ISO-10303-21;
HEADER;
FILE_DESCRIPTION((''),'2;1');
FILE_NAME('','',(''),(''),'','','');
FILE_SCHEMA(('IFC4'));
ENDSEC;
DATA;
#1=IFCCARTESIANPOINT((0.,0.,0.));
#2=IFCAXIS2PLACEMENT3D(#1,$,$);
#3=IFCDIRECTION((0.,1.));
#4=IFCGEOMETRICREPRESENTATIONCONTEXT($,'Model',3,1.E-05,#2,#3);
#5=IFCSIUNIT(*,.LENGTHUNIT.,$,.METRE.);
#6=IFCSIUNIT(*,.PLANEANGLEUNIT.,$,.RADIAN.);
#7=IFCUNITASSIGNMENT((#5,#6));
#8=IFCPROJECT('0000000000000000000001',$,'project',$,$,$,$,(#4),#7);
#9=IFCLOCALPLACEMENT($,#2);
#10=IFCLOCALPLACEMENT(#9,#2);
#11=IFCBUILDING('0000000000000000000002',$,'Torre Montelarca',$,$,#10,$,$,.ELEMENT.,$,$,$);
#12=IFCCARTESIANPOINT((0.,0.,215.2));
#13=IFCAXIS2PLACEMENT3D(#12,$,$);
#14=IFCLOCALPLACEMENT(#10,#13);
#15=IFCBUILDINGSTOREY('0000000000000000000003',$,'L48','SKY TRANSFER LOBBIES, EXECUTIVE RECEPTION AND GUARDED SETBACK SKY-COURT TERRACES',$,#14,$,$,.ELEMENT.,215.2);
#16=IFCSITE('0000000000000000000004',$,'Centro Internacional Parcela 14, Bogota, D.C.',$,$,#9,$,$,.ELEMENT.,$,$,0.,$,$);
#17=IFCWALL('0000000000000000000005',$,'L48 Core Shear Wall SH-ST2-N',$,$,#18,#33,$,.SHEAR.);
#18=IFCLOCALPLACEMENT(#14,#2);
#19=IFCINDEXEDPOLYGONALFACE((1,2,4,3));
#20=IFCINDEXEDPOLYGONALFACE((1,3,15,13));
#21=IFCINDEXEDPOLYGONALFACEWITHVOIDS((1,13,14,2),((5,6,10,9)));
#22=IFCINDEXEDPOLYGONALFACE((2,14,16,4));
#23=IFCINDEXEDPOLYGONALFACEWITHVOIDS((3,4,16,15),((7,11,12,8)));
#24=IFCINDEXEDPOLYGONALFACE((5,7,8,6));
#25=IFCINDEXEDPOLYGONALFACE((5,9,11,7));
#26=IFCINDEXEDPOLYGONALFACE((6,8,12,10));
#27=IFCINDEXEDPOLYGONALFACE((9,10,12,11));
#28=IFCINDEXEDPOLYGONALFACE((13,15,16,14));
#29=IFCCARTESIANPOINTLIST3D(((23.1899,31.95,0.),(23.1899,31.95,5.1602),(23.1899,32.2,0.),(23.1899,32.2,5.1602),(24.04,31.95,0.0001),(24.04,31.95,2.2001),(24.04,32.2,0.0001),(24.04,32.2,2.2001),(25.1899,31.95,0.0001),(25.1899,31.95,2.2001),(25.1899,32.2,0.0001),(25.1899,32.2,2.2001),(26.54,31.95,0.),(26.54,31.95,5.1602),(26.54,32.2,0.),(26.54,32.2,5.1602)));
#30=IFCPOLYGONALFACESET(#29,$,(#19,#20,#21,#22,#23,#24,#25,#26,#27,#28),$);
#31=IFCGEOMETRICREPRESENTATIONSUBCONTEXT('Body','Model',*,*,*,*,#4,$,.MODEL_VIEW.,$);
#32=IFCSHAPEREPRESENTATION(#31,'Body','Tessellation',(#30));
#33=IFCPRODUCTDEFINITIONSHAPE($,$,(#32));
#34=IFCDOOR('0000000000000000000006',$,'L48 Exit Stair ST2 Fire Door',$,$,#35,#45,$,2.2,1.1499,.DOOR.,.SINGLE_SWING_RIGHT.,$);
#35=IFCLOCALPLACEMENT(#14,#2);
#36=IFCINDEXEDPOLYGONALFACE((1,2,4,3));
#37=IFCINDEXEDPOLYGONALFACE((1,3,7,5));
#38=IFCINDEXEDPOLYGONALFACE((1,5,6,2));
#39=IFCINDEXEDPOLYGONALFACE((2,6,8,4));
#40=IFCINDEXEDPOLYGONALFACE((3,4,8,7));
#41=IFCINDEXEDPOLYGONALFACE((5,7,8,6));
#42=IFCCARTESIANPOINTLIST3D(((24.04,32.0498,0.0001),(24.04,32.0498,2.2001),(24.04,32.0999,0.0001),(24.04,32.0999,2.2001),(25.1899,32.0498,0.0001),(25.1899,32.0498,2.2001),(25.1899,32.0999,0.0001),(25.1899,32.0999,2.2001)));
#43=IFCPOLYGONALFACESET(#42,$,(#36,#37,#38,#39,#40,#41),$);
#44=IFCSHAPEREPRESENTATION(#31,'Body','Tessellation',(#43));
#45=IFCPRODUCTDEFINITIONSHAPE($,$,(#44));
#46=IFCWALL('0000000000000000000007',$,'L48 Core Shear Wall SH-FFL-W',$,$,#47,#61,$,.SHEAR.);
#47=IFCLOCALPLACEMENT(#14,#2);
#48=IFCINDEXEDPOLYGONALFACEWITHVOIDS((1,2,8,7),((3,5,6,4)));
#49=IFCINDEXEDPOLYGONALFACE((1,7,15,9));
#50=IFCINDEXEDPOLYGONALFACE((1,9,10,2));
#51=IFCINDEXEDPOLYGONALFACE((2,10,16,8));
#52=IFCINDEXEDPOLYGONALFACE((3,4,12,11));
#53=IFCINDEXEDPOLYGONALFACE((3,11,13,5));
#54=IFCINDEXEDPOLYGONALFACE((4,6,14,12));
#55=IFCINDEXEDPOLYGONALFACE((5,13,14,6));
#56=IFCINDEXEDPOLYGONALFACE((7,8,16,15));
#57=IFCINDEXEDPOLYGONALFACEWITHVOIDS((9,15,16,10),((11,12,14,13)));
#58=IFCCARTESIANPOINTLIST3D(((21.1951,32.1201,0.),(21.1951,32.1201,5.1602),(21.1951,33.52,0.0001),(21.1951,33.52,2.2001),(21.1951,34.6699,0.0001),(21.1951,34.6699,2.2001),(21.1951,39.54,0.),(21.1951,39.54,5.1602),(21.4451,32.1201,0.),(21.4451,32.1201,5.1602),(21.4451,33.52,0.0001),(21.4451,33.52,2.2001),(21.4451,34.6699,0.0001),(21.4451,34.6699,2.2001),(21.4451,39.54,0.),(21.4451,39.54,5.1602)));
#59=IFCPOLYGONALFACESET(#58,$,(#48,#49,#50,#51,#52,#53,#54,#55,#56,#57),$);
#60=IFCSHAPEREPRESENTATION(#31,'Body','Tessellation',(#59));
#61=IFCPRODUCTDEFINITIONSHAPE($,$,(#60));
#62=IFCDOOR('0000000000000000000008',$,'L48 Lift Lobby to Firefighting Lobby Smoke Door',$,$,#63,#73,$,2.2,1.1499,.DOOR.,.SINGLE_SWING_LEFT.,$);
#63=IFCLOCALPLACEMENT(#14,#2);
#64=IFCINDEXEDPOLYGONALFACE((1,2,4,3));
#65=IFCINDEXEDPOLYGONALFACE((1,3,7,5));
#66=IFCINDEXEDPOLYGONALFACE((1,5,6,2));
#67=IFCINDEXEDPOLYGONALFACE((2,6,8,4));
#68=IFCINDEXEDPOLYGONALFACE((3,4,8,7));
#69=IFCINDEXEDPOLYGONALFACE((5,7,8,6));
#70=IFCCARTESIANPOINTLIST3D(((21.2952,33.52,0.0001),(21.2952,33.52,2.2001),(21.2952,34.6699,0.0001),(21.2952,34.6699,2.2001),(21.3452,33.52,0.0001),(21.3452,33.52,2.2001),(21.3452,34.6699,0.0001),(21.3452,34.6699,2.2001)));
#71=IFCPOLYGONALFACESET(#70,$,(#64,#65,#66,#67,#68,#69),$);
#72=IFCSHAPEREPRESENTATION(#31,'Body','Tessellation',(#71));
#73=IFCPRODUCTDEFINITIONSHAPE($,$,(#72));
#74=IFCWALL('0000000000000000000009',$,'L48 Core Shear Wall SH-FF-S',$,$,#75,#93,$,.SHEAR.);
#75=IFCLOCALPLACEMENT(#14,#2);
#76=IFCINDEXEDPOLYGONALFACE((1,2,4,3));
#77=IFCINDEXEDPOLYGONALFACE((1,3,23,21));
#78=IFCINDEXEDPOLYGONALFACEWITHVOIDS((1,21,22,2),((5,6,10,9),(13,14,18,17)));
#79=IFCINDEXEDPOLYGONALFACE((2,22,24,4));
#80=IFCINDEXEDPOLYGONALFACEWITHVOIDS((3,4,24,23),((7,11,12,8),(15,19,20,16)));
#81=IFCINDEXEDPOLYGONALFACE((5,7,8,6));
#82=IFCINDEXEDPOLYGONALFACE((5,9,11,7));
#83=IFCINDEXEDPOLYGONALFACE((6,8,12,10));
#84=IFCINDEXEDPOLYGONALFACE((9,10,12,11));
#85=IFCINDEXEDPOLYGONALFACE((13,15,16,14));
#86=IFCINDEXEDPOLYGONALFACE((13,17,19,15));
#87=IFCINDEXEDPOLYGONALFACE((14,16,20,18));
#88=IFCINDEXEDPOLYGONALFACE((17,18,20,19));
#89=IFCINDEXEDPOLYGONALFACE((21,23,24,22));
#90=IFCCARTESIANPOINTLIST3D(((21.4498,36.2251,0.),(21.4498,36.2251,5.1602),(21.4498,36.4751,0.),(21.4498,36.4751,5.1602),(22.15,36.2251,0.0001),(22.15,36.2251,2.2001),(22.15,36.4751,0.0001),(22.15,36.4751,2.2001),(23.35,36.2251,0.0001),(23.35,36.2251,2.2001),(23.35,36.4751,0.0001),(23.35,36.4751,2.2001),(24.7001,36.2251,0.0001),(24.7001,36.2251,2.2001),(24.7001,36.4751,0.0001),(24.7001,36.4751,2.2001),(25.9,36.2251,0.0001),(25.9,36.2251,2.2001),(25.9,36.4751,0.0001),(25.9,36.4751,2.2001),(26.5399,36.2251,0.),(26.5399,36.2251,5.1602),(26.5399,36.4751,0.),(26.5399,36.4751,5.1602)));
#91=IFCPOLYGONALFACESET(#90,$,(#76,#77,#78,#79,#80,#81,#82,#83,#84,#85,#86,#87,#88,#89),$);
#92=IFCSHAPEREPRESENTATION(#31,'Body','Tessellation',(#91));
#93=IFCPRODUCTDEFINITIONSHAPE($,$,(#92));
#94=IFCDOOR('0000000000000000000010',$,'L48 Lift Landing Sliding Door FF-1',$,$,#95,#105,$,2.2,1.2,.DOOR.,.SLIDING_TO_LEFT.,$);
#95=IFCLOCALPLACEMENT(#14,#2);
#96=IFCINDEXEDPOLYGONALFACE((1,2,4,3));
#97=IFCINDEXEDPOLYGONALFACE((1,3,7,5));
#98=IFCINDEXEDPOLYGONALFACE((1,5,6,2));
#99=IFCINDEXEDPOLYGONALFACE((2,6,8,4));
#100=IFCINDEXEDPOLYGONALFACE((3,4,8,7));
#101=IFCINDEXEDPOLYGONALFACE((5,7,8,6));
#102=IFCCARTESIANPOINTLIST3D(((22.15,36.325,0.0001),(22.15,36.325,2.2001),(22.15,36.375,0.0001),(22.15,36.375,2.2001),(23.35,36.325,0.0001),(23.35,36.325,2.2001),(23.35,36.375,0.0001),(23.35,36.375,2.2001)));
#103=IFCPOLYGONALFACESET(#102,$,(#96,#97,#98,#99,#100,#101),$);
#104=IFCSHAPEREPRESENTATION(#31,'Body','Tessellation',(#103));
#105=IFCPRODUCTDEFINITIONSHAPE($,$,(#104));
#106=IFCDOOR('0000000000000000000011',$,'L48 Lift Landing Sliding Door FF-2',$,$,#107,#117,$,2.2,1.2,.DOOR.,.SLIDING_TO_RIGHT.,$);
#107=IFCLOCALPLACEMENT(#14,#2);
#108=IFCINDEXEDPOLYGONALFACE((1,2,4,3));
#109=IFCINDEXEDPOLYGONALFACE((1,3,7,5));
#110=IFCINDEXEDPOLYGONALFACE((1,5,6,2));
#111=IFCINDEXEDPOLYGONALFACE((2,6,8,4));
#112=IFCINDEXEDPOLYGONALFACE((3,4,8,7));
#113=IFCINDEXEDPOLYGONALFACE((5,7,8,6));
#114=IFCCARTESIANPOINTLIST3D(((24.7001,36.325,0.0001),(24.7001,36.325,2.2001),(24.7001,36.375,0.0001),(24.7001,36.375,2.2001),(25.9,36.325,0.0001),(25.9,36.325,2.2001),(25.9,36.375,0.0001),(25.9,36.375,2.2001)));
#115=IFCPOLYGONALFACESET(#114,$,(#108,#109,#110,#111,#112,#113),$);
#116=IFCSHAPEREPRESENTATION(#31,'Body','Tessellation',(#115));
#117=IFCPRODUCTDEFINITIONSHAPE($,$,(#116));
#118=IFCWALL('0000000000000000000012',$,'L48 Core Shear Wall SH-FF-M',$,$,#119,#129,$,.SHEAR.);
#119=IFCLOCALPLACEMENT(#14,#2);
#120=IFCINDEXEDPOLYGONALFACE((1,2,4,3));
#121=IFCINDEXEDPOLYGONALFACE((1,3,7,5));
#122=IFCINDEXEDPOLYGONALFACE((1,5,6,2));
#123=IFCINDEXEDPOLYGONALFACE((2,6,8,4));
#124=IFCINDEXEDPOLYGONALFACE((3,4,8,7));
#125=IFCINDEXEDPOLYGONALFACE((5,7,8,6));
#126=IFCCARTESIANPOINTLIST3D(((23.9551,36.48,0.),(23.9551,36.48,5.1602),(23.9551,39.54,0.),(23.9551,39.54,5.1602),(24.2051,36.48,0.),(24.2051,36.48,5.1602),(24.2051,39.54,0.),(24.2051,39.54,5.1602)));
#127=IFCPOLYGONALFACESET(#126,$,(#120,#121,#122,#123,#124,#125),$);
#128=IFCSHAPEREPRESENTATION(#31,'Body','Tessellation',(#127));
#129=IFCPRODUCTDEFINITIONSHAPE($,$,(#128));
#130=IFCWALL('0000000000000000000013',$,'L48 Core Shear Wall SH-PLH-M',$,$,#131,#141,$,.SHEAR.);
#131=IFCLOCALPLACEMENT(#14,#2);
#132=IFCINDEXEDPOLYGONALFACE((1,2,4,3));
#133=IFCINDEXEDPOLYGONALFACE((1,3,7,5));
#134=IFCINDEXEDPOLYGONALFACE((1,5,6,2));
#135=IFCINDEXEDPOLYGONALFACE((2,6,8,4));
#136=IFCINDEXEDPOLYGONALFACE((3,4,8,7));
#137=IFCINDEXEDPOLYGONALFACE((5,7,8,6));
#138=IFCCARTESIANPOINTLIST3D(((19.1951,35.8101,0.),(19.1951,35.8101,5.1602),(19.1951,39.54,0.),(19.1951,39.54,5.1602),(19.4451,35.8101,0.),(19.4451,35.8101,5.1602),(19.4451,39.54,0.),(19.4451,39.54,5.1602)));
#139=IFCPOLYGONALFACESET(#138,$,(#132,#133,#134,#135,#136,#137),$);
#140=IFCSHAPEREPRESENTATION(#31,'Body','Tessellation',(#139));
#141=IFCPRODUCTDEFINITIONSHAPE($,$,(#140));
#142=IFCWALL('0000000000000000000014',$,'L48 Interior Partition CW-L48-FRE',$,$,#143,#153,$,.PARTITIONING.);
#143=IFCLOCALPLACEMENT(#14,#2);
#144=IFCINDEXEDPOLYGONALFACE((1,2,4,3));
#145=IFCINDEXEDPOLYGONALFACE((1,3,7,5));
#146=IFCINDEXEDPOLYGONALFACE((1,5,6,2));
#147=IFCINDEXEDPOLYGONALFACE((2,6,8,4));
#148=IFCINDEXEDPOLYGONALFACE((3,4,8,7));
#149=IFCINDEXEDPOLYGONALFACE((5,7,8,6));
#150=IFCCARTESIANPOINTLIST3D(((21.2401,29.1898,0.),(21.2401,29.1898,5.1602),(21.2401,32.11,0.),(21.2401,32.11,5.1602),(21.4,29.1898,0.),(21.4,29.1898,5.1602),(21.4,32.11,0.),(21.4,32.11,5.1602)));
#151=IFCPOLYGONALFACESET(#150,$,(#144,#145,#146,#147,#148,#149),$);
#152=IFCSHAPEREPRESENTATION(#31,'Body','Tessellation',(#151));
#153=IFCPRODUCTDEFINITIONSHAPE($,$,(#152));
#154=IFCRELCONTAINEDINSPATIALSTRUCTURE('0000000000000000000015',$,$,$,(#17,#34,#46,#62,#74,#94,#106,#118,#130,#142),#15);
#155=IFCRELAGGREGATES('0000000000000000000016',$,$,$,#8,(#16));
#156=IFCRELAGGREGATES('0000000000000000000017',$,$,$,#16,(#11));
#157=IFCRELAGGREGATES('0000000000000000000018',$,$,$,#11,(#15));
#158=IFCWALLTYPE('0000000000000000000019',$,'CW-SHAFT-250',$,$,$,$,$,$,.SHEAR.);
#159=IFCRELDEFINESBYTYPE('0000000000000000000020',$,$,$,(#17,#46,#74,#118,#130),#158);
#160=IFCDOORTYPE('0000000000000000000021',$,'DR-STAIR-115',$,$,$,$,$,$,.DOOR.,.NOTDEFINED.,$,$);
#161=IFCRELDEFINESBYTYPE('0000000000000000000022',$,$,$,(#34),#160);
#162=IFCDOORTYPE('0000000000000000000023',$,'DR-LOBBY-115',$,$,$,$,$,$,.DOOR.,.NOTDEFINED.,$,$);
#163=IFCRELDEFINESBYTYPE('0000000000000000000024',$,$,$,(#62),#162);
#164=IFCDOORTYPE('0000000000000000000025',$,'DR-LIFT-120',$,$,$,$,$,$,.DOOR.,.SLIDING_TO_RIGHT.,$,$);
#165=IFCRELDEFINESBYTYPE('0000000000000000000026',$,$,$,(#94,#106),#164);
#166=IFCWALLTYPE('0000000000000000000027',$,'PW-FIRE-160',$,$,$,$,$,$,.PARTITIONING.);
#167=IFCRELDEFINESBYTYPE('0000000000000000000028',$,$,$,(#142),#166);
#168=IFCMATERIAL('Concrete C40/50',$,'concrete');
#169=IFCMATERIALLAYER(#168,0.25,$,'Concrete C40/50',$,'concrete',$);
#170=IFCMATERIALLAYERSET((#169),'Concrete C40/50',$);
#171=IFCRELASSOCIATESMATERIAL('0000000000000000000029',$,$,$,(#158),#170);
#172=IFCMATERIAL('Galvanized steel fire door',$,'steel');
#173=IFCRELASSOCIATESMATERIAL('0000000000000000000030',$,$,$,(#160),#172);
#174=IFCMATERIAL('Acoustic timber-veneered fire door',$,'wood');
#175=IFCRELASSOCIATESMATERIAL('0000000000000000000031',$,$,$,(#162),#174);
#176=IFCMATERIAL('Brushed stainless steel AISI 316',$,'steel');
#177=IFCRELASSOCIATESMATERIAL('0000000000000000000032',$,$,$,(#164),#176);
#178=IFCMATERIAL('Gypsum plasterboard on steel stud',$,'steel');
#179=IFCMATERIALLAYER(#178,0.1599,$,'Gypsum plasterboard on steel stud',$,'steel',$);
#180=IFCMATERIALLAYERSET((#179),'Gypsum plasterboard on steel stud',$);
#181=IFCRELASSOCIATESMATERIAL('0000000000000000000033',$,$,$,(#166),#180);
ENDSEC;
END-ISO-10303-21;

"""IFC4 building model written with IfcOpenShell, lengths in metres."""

from ifc_helpers import new_model, si_unit, direction, frame, frame_2d, origin, place, context, subcontext, project, spatial, rectangle, extrude, source, transform, mapped, material, layer, layer_set, type_object, element, fill, save


model = new_model("IFC4")

# Units and contexts
model_context = context("Model", 3, precision=1e-05, world=origin(), true_north=direction((0.0, 1.0)))
body_context = subcontext(model_context, "Body", "Model", "MODEL_VIEW")
ifc_project = project(units=[si_unit("LENGTHUNIT", "METRE"), si_unit("PLANEANGLEUNIT", "RADIAN")], contexts=[model_context])

# Site, building, storey
site_placement = place(None, origin())
site = spatial("IfcSite", under=ifc_project, at=site_placement, Name="Centro Internacional Parcela 14, Bogota, D.C.", CompositionType="ELEMENT", RefElevation=0.0)
building_placement = place(site_placement, origin())
building = spatial("IfcBuilding", under=site, at=building_placement, Name="Torre Montelarca", CompositionType="ELEMENT")
storey_placement = place(building_placement, frame((0.0, 0.0, 215.2)))
storey = spatial("IfcBuildingStorey", under=building, at=storey_placement, Name="L48", Description="SKY TRANSFER LOBBIES, EXECUTIVE RECEPTION AND GUARDED SETBACK SKY-COURT TERRACES", CompositionType="ELEMENT", Elevation=215.2)

# Walls, openings, doors
ifc_material_1 = material(Name="Concrete C40/50", Category="concrete")
ifc_layer_1 = layer(ifc_material_1, 0.25, Name="Concrete C40/50", Category="concrete")
ifc_layer_set_1 = layer_set([ifc_layer_1], Name="Concrete C40/50")
wall_type_1 = type_object("IfcWallType", Name="CW-SHAFT-250", PredefinedType="SHEAR", material=ifc_layer_set_1)
wall_1_placement = place(storey_placement, frame((23.1899, 32.075, 0.0), z_axis=(0.0, 0.0, 1.0), x_axis=(1.0, 0.0, 0.0)))
wall_1 = element("IfcWall", 1, at=wall_1_placement, inside=storey, type_object=wall_type_1, Name="L48 Core Shear Wall SH-ST2-N", PredefinedType="SHEAR", context=body_context, shape_type="SweptSolid", body=[
    extrude(rectangle(XDim=3.3501, YDim=0.25, at=frame_2d((1.675, 0.0))), origin(), (0.0, 0.0, 1.0), 5.1602),
])
opening_1_placement = place(wall_1_placement, frame((0.8501, 0.0, 0.0)))
opening_1 = element("IfcOpeningElement", 2, at=opening_1_placement, cuts=wall_1, PredefinedType="OPENING", context=body_context, shape_type="SweptSolid", body=[
    extrude(rectangle(XDim=1.1499, YDim=2.2, at=frame_2d((0.575, 1.1001))), frame((0.0, 0.135, 0.0), z_axis=(0.0, -1.0, 0.0), x_axis=(1.0, 0.0, 0.0)), (0.0, 0.0, 1.0), 0.27),
])
ifc_material_2 = material(Name="Galvanized steel fire door", Category="steel")
door_type_1 = type_object("IfcDoorType", Name="DR-STAIR-115", OperationType="NOTDEFINED", PredefinedType="DOOR", material=ifc_material_2)
shared_shape_1 = source(origin(), body_context, "Body", "SweptSolid", [
    extrude(rectangle(XDim=1.1499, YDim=2.2, at=frame_2d((0.575, 1.1001))), frame((0.0, 0.0249, 0.0), z_axis=(0.0, -1.0, 0.0), x_axis=(1.0, 0.0, 0.0)), (0.0, 0.0, 1.0), 0.05),
])
door_1_placement = place(opening_1_placement, origin())
door_1 = element("IfcDoor", 3, at=door_1_placement, inside=storey, type_object=door_type_1, Name="L48 Exit Stair ST2 Fire Door", OperationType="SINGLE_SWING_RIGHT", OverallHeight=2.2, OverallWidth=1.1499, PredefinedType="DOOR", context=body_context, shape_type="MappedRepresentation", body=[
    mapped(shared_shape_1, transform((0.0, 0.0, 0.0), scale=1.0)),
])
fill(opening_1, door_1)
wall_2_placement = place(storey_placement, frame((21.3201, 32.1201, 0.0), z_axis=(0.0, 0.0, 1.0), x_axis=(0.0, 1.0, 0.0)))
wall_2 = element("IfcWall", 4, at=wall_2_placement, inside=storey, type_object=wall_type_1, Name="L48 Core Shear Wall SH-FFL-W", PredefinedType="SHEAR", context=body_context, shape_type="SweptSolid", body=[
    extrude(rectangle(XDim=7.4199, YDim=0.25, at=frame_2d((3.71, 0.0))), origin(), (0.0, 0.0, 1.0), 5.1602),
])
opening_2_placement = place(wall_2_placement, frame((1.3999, 0.0, 0.0)))
opening_2 = element("IfcOpeningElement", 5, at=opening_2_placement, cuts=wall_2, PredefinedType="OPENING", context=body_context, shape_type="SweptSolid", body=[
    extrude(rectangle(XDim=1.1499, YDim=2.2, at=frame_2d((0.575, 1.1001))), frame((0.0, 0.135, 0.0), z_axis=(0.0, -1.0, 0.0), x_axis=(1.0, 0.0, 0.0)), (0.0, 0.0, 1.0), 0.27),
])
ifc_material_3 = material(Name="Acoustic timber-veneered fire door", Category="wood")
door_type_2 = type_object("IfcDoorType", Name="DR-LOBBY-115", OperationType="NOTDEFINED", PredefinedType="DOOR", material=ifc_material_3)
shared_shape_2 = source(origin(), body_context, "Body", "SweptSolid", [
    extrude(rectangle(XDim=1.1499, YDim=2.2, at=frame_2d((0.575, 1.1001))), frame((0.0, 0.0249, 0.0), z_axis=(0.0, -1.0, 0.0), x_axis=(1.0, 0.0, 0.0)), (0.0, 0.0, 1.0), 0.05),
])
door_2_placement = place(opening_2_placement, origin())
door_2 = element("IfcDoor", 6, at=door_2_placement, inside=storey, type_object=door_type_2, Name="L48 Lift Lobby to Firefighting Lobby Smoke Door", OperationType="SINGLE_SWING_LEFT", OverallHeight=2.2, OverallWidth=1.1499, PredefinedType="DOOR", context=body_context, shape_type="MappedRepresentation", body=[
    mapped(shared_shape_2, transform((0.0, 0.0, 0.0), scale=1.0)),
])
fill(opening_2, door_2)

# Wall, openings, doors
wall_3_placement = place(storey_placement, frame((21.45, 36.3501, 0.0), z_axis=(0.0, 0.0, 1.0), x_axis=(1.0, 0.0, 0.0)))
wall_3 = element("IfcWall", 7, at=wall_3_placement, inside=storey, type_object=wall_type_1, Name="L48 Core Shear Wall SH-FF-S", PredefinedType="SHEAR", context=body_context, shape_type="SweptSolid", body=[
    extrude(rectangle(XDim=5.0901, YDim=0.25, at=frame_2d((2.5449, 0.0))), origin(), (0.0, 0.0, 1.0), 5.1602),
])
opening_3_placement = place(wall_3_placement, frame((0.7, 0.0, 0.0)))
opening_3 = element("IfcOpeningElement", 8, at=opening_3_placement, cuts=wall_3, PredefinedType="OPENING", context=body_context, shape_type="SweptSolid", body=[
    extrude(rectangle(XDim=1.2, YDim=2.2, at=frame_2d((0.6001, 1.1001))), frame((0.0, 0.135, 0.0), z_axis=(0.0, -1.0, 0.0), x_axis=(1.0, 0.0, 0.0)), (0.0, 0.0, 1.0), 0.27),
])
opening_4_placement = place(wall_3_placement, frame((3.25, 0.0, 0.0)))
opening_4 = element("IfcOpeningElement", 9, at=opening_4_placement, cuts=wall_3, PredefinedType="OPENING", context=body_context, shape_type="SweptSolid", body=[
    extrude(rectangle(XDim=1.2, YDim=2.2, at=frame_2d((0.6001, 1.1001))), frame((0.0, 0.135, 0.0), z_axis=(0.0, -1.0, 0.0), x_axis=(1.0, 0.0, 0.0)), (0.0, 0.0, 1.0), 0.27),
])
ifc_material_4 = material(Name="Brushed stainless steel AISI 316", Category="steel")
door_type_3 = type_object("IfcDoorType", Name="DR-LIFT-120", OperationType="SLIDING_TO_RIGHT", PredefinedType="DOOR", material=ifc_material_4)
shared_shape_3 = source(origin(), body_context, "Body", "SweptSolid", [
    extrude(rectangle(XDim=1.2, YDim=2.2, at=frame_2d((0.6001, 1.1001))), frame((0.0, 0.0249, 0.0), z_axis=(0.0, -1.0, 0.0), x_axis=(1.0, 0.0, 0.0)), (0.0, 0.0, 1.0), 0.05),
])
door_3_placement = place(opening_3_placement, origin())
door_3 = element("IfcDoor", 10, at=door_3_placement, inside=storey, type_object=door_type_3, Name="L48 Lift Landing Sliding Door FF-1", OperationType="SLIDING_TO_LEFT", OverallHeight=2.2, OverallWidth=1.2, PredefinedType="DOOR", context=body_context, shape_type="MappedRepresentation", body=[
    mapped(shared_shape_3, transform((0.0, 0.0, 0.0), scale=1.0)),
])
fill(opening_3, door_3)
door_4_placement = place(opening_4_placement, origin())
door_4 = element("IfcDoor", 11, at=door_4_placement, inside=storey, type_object=door_type_3, Name="L48 Lift Landing Sliding Door FF-2", OperationType="SLIDING_TO_RIGHT", OverallHeight=2.2, OverallWidth=1.2, PredefinedType="DOOR", context=body_context, shape_type="MappedRepresentation", body=[
    mapped(shared_shape_3, transform((0.0, 0.0, 0.0), scale=1.0)),
])
fill(opening_4, door_4)

# Walls
wall_4_placement = place(storey_placement, frame((24.0801, 36.48, 0.0), z_axis=(0.0, 0.0, 1.0), x_axis=(0.0, 1.0, 0.0)))
element("IfcWall", 12, at=wall_4_placement, inside=storey, type_object=wall_type_1, Name="L48 Core Shear Wall SH-FF-M", PredefinedType="SHEAR", context=body_context, shape_type="SweptSolid", body=[
    extrude(rectangle(XDim=3.0601, YDim=0.25, at=frame_2d((1.53, 0.0))), origin(), (0.0, 0.0, 1.0), 5.1602),
])
wall_5_placement = place(storey_placement, frame((19.3201, 35.8101, 0.0), z_axis=(0.0, 0.0, 1.0), x_axis=(0.0, 1.0, 0.0)))
element("IfcWall", 13, at=wall_5_placement, inside=storey, type_object=wall_type_1, Name="L48 Core Shear Wall SH-PLH-M", PredefinedType="SHEAR", context=body_context, shape_type="SweptSolid", body=[
    extrude(rectangle(XDim=3.73, YDim=0.25, at=frame_2d((1.865, 0.0))), origin(), (0.0, 0.0, 1.0), 5.1602),
])
ifc_material_5 = material(Name="Gypsum plasterboard on steel stud", Category="steel")
ifc_layer_2 = layer(ifc_material_5, 0.1599, Name="Gypsum plasterboard on steel stud", Category="steel")
ifc_layer_set_2 = layer_set([ifc_layer_2], Name="Gypsum plasterboard on steel stud")
wall_type_2 = type_object("IfcWallType", Name="PW-FIRE-160", PredefinedType="PARTITIONING", material=ifc_layer_set_2)
wall_6_placement = place(storey_placement, frame((21.3201, 29.1899, 0.0), z_axis=(0.0, 0.0, 1.0), x_axis=(0.0, 1.0, 0.0)))
element("IfcWall", 14, at=wall_6_placement, inside=storey, type_object=wall_type_2, Name="L48 Interior Partition CW-L48-FRE", PredefinedType="PARTITIONING", context=body_context, shape_type="SweptSolid", body=[
    extrude(rectangle(XDim=2.9202, YDim=0.1599, at=frame_2d((1.46, 0.0))), origin(), (0.0, 0.0, 1.0), 5.1602),
])

save(model, "model.ifc")
